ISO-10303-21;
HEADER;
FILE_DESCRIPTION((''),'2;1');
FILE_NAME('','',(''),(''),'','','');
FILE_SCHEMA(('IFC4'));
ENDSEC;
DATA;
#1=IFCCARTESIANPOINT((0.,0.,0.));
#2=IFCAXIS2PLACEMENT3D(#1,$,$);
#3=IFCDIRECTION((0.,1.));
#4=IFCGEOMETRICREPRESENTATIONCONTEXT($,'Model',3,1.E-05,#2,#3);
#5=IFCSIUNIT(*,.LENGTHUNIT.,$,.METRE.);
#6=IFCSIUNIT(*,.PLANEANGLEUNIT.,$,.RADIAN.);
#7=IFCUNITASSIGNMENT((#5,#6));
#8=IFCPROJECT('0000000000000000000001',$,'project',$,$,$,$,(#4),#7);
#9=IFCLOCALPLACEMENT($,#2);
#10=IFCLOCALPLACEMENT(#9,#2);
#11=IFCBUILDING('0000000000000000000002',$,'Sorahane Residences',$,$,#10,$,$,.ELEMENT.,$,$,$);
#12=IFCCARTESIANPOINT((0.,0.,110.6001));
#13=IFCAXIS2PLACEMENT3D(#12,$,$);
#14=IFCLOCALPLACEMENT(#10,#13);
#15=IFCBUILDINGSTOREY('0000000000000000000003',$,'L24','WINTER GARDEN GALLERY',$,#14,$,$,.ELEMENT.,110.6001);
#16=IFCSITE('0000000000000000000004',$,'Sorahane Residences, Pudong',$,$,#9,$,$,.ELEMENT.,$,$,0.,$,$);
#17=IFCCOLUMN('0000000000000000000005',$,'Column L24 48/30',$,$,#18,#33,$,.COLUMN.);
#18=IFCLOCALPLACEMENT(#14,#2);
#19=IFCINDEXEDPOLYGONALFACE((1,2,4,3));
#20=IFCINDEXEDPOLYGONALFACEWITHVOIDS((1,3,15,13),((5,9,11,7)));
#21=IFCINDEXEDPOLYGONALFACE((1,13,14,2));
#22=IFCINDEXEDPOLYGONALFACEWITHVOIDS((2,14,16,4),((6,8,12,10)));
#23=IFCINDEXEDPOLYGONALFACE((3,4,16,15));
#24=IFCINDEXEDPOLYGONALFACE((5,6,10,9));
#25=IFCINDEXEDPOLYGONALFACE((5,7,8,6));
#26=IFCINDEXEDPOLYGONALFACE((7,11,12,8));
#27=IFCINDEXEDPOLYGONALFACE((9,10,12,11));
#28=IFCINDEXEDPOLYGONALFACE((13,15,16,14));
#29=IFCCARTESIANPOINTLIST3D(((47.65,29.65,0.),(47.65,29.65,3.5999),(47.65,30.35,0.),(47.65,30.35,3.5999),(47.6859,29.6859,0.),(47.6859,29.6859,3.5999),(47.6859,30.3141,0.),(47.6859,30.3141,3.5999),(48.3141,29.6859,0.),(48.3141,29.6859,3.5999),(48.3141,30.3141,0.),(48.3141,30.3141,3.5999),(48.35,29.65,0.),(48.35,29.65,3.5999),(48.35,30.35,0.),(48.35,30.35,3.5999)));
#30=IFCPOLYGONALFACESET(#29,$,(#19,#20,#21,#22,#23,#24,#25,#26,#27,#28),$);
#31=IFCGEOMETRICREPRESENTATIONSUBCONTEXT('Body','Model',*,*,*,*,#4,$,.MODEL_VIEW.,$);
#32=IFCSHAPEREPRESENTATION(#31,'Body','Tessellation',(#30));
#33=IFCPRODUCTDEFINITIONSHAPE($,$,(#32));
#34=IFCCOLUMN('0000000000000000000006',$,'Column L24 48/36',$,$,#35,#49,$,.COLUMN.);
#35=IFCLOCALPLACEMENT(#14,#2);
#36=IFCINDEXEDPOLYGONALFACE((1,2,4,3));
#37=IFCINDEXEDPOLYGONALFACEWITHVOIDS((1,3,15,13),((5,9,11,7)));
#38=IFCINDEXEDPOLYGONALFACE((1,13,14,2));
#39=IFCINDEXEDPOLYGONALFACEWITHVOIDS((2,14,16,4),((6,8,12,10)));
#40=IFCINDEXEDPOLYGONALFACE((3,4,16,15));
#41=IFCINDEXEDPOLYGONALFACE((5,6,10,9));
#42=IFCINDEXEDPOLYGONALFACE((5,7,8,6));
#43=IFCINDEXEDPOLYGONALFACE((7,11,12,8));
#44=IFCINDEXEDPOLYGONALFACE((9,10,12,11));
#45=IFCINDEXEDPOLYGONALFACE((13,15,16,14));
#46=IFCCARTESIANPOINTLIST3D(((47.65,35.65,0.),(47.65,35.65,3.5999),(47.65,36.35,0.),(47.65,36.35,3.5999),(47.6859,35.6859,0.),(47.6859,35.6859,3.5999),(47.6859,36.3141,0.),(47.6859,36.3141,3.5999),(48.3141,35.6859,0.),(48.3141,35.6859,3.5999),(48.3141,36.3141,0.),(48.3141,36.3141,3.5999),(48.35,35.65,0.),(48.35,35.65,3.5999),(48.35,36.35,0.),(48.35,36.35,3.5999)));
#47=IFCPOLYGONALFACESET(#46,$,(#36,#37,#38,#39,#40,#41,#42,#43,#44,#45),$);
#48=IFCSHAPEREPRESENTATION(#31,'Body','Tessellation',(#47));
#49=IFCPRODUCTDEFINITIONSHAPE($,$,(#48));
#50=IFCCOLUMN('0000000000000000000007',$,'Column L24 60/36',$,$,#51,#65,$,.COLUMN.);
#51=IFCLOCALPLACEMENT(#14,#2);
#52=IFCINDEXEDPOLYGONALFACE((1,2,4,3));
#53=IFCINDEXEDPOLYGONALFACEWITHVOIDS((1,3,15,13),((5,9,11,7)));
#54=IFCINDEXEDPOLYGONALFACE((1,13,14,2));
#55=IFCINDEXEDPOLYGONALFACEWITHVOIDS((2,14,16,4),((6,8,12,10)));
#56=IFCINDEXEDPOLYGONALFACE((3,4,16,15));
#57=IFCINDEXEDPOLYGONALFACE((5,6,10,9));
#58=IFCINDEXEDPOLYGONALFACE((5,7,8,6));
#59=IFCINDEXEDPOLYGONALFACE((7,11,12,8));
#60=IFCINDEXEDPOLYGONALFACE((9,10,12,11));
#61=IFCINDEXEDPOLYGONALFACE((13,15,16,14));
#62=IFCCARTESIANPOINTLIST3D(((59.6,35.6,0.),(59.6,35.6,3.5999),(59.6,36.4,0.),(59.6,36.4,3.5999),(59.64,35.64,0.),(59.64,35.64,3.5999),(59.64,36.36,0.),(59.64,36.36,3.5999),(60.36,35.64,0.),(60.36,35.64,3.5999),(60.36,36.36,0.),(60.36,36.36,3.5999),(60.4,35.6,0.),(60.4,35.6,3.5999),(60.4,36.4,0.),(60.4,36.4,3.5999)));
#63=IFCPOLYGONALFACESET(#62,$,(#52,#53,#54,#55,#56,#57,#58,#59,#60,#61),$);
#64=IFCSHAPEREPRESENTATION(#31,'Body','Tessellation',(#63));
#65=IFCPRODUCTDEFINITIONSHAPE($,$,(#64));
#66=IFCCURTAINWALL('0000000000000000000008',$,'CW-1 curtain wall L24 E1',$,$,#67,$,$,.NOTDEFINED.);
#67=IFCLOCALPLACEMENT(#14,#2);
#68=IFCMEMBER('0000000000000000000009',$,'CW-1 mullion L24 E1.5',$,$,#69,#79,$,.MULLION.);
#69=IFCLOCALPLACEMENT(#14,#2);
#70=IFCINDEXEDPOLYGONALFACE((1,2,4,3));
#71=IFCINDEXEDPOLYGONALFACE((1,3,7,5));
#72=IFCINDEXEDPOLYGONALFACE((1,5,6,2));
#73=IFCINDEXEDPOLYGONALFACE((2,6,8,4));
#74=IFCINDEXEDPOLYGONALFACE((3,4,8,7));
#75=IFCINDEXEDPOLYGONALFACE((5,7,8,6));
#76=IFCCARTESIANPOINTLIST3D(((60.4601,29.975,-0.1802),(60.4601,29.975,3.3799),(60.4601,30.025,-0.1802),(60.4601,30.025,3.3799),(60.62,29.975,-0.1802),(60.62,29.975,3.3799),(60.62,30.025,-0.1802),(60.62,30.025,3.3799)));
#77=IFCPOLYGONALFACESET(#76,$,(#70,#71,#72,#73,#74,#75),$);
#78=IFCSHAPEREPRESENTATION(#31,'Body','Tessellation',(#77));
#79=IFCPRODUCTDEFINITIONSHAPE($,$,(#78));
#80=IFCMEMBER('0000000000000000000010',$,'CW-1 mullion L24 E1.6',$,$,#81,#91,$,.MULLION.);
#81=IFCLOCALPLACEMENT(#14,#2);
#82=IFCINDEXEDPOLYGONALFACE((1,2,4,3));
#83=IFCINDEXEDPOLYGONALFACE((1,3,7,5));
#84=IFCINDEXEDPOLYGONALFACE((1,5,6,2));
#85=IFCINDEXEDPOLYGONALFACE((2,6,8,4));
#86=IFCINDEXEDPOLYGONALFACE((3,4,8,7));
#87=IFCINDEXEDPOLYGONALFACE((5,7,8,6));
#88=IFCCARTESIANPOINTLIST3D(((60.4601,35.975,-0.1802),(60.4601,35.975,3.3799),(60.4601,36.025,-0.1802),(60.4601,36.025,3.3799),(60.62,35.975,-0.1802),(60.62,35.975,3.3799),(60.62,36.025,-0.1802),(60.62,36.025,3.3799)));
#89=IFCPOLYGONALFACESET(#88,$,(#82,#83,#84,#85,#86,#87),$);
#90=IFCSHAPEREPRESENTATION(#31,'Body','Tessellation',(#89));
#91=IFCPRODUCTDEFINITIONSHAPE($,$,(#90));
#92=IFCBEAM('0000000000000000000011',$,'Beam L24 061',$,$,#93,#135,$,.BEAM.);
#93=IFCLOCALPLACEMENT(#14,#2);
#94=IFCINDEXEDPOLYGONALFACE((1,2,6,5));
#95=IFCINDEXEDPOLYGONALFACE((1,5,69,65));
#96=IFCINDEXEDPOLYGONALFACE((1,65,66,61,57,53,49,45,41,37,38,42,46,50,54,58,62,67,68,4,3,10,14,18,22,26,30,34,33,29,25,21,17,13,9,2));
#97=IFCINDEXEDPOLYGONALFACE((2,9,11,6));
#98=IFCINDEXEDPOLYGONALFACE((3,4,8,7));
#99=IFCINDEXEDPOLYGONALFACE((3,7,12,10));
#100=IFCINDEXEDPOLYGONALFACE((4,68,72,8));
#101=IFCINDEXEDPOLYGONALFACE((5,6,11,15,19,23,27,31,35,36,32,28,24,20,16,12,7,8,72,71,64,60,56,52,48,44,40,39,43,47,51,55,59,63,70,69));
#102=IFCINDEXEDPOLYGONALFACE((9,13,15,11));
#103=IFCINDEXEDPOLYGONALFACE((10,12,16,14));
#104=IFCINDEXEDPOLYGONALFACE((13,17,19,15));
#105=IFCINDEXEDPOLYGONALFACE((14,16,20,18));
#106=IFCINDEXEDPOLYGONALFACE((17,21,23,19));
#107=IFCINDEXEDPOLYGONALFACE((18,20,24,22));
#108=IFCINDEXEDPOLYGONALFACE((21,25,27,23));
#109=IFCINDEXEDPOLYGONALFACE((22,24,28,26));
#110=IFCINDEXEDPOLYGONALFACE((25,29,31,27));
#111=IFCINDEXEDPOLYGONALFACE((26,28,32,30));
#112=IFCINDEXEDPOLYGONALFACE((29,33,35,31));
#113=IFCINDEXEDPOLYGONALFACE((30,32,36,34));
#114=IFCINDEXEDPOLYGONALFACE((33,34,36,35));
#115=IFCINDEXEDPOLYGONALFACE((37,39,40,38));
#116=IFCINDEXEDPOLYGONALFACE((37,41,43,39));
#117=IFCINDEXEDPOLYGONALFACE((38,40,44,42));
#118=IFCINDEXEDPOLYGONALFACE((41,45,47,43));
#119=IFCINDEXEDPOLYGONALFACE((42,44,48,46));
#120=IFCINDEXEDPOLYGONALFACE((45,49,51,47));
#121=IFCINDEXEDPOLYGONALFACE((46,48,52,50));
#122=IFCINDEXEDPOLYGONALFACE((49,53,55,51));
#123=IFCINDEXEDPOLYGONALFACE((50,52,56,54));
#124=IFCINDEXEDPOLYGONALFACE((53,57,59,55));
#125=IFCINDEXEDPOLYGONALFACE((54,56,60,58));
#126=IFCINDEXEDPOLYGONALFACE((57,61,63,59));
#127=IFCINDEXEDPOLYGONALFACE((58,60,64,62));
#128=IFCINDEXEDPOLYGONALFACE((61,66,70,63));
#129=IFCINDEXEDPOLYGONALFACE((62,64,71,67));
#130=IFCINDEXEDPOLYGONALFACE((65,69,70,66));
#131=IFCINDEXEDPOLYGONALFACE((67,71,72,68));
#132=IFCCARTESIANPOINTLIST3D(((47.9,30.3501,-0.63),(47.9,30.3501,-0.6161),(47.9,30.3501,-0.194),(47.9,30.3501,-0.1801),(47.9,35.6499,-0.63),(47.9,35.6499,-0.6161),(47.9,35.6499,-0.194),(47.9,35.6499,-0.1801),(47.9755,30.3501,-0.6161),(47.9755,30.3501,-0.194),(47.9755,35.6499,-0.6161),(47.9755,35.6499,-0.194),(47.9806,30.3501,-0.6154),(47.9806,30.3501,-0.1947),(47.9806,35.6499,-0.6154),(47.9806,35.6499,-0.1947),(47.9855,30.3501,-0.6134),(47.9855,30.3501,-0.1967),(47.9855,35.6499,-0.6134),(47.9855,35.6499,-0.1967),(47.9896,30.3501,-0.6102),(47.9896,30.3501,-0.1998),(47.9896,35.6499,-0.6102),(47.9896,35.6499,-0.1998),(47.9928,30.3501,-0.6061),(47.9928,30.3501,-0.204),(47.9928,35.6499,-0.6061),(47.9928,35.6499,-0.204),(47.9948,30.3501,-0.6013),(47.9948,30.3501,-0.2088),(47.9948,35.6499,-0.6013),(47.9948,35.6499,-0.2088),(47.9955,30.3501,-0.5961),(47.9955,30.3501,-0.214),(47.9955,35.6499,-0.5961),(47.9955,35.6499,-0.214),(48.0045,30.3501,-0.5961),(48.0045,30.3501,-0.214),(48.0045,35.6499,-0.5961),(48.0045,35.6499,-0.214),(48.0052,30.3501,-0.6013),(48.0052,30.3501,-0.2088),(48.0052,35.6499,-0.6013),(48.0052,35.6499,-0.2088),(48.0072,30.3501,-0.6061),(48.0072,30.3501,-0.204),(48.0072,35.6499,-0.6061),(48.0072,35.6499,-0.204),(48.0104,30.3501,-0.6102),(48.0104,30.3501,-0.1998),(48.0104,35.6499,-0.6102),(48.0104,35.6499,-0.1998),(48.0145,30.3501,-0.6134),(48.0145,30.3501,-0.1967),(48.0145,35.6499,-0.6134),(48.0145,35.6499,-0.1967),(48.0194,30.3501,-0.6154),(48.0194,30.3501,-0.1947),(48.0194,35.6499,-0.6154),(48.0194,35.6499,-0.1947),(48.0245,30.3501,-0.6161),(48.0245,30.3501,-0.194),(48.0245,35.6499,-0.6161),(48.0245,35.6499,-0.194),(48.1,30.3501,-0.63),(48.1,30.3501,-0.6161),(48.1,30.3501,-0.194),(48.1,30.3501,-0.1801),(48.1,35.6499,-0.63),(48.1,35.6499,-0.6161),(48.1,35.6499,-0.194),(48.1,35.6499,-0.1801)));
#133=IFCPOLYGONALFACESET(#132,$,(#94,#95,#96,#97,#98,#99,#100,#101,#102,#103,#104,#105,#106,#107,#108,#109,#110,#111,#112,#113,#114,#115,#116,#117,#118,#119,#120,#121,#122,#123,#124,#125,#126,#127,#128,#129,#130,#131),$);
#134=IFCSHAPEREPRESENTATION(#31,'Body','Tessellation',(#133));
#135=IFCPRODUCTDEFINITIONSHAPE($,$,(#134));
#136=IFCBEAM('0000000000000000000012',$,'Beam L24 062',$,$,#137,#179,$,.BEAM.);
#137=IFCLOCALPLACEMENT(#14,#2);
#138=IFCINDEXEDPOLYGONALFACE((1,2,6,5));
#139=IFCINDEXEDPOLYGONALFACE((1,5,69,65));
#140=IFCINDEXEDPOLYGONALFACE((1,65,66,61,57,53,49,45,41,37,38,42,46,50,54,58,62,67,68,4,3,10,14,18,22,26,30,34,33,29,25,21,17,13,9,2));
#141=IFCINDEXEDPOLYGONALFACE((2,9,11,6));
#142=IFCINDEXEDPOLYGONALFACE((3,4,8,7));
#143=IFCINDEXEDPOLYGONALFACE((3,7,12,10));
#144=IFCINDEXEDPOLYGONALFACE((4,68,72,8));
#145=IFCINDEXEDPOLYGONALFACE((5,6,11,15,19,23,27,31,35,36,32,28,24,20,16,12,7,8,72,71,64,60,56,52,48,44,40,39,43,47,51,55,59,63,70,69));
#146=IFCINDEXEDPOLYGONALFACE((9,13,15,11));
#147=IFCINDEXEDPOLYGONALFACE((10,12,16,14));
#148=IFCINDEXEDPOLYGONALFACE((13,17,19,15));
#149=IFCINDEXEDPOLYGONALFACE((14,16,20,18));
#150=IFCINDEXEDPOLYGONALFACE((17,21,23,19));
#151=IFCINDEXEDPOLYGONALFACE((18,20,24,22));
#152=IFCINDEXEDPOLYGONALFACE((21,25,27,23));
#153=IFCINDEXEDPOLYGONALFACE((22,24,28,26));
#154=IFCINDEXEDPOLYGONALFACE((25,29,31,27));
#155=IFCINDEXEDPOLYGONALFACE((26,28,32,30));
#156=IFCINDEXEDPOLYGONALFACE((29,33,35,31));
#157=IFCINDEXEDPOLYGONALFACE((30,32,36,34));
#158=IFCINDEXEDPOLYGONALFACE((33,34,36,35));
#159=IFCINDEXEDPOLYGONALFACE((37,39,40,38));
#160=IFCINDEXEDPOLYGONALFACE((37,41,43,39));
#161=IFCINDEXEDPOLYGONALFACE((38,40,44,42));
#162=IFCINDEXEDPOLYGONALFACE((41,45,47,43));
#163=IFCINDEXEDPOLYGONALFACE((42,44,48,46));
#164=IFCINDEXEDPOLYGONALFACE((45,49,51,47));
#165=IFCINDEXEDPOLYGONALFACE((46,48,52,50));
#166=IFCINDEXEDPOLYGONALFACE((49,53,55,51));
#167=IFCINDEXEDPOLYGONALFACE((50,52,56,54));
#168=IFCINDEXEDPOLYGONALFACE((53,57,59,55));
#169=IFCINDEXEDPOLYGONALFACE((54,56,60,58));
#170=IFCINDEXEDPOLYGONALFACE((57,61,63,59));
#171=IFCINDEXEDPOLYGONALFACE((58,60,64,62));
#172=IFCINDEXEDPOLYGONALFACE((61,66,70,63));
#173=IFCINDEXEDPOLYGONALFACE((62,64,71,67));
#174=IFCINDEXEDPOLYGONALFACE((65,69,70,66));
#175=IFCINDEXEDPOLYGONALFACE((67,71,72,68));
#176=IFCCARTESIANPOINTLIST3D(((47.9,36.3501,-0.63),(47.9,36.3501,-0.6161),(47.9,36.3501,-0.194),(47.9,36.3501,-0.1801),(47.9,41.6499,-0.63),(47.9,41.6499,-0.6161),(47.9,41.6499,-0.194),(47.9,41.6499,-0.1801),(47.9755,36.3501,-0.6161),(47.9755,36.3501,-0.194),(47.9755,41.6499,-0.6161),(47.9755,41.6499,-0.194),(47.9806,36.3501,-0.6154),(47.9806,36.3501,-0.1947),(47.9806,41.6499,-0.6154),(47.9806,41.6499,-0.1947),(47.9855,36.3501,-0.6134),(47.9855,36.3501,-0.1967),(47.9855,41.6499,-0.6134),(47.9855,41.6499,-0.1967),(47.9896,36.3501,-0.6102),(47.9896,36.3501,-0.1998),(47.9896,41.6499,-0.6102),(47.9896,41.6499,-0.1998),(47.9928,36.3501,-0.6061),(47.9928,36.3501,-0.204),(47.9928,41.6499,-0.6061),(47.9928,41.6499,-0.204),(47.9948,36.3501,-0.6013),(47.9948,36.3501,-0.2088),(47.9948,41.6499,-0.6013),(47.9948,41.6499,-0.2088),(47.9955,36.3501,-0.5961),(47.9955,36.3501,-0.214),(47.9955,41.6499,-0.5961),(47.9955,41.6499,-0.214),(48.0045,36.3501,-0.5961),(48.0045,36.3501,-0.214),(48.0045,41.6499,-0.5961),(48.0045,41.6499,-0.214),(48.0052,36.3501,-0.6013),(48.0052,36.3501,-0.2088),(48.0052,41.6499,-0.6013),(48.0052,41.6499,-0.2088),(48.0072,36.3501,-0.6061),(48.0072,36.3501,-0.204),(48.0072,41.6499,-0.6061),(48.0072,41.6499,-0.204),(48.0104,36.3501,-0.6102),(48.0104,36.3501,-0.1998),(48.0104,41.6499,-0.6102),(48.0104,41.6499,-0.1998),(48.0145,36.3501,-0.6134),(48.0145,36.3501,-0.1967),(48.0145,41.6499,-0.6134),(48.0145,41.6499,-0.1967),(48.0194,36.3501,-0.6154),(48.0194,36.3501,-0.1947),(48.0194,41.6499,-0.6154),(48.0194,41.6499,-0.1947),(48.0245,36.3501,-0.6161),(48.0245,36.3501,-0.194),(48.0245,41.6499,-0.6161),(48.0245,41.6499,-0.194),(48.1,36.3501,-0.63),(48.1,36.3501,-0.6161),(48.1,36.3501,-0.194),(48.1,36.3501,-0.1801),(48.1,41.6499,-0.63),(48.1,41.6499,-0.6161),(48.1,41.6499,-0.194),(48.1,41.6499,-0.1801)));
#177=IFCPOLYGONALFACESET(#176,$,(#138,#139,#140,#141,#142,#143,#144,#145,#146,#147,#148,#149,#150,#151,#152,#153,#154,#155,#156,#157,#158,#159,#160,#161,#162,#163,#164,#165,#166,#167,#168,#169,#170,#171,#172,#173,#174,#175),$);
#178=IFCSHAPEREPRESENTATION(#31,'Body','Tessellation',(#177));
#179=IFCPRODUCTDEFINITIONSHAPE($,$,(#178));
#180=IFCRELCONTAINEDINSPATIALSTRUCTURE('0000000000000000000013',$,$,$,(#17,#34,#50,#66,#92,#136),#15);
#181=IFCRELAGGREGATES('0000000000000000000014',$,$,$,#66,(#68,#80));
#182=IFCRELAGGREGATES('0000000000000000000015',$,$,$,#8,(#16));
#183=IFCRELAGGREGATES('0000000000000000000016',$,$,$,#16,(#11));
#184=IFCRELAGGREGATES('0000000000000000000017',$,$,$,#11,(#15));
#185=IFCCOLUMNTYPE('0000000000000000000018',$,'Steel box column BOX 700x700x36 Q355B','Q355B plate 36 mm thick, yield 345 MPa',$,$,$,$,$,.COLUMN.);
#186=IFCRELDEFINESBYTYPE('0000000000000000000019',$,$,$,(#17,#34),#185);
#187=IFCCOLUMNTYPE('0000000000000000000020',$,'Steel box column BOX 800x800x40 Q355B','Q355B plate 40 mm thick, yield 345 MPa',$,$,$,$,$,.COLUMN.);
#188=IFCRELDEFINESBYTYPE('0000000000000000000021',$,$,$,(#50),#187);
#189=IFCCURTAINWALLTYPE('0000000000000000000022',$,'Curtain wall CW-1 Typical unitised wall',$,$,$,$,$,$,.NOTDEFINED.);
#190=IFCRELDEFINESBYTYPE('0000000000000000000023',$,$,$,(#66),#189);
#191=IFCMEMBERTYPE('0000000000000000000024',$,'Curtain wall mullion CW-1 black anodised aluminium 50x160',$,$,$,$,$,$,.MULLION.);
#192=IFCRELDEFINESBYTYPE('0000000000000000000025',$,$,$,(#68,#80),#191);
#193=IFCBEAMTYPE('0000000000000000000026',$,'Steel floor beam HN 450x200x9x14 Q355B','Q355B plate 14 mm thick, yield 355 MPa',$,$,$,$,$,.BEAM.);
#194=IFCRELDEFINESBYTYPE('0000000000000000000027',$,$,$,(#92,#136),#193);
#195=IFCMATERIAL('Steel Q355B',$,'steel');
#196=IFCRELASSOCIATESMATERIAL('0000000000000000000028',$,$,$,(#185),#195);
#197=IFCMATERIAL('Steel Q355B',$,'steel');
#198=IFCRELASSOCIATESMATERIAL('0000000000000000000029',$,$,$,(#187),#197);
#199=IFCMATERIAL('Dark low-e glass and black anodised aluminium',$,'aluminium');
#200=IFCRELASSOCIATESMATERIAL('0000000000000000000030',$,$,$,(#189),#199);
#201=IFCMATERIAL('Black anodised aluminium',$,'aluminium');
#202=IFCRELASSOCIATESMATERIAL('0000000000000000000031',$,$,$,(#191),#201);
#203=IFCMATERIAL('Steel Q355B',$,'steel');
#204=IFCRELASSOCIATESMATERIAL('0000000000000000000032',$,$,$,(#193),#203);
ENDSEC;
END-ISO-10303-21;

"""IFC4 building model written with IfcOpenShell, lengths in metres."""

from ifc_helpers import new_model, si_unit, direction, frame, origin, origin_2d, place, context, subcontext, project, spatial, rectangle, hollow_rectangle, i_section, extrude, material, material_profile, profile_set, type_object, element, aggregate, save


model = new_model("IFC4")

# Units and contexts
model_context = context("Model", 3, precision=1e-05, world=origin(), true_north=direction((0.0, 1.0)))
body_context = subcontext(model_context, "Body", "Model", "MODEL_VIEW")
ifc_project = project(units=[si_unit("LENGTHUNIT", "METRE"), si_unit("PLANEANGLEUNIT", "RADIAN")], contexts=[model_context])

# Site, building, storey
site_placement = place(None, origin())
site = spatial("IfcSite", under=ifc_project, at=site_placement, Name="Sorahane Residences, Pudong", CompositionType="ELEMENT", RefElevation=0.0)
building_placement = place(site_placement, origin())
building = spatial("IfcBuilding", under=site, at=building_placement, Name="Sorahane Residences", CompositionType="ELEMENT")
storey_placement = place(building_placement, frame((0.0, 0.0, 110.6001)))
storey = spatial("IfcBuildingStorey", under=building, at=storey_placement, Name="L24", Description="WINTER GARDEN GALLERY", CompositionType="ELEMENT", Elevation=110.6001)

# Columns
ifc_material_1 = material(Name="Steel Q355B", Category="steel")
ifc_material_profile_1 = material_profile(ifc_material_1, hollow_rectangle(XDim=0.7, YDim=0.7, WallThickness=0.0359, at=origin_2d()), Name="BOX 700x700x36")
ifc_profile_set_1 = profile_set([ifc_material_profile_1], Name="Steel Q355B")
column_type_1 = type_object("IfcColumnType", Name="Steel box column BOX 700x700x36 Q355B", Description="Q355B plate 36 mm thick, yield 345 MPa", PredefinedType="COLUMN", material=ifc_profile_set_1)
for number, where, z_axis, x_axis, name in (
    (1, (48.0, 30.0, 0.0), (0.0, 0.0, 1.0), (1.0, 0.0, 0.0), "Column L24 48/30"),
    (2, (48.0, 36.0, 0.0), (0.0, 0.0, 1.0), (1.0, 0.0, 0.0), "Column L24 48/36"),
):
    element("IfcColumn", number, at=place(storey_placement, frame(where, z_axis=z_axis, x_axis=x_axis)), inside=storey, type_object=column_type_1, Name=name, PredefinedType="COLUMN", context=body_context, shape_type="SweptSolid", body=[
        extrude(hollow_rectangle(XDim=0.7, YDim=0.7, WallThickness=0.0359, at=origin_2d()), origin(), (0.0, 0.0, 1.0), 3.5999),
    ])
ifc_material_2 = material(Name="Steel Q355B", Category="steel")
ifc_material_profile_2 = material_profile(ifc_material_2, hollow_rectangle(XDim=0.8, YDim=0.8, WallThickness=0.04, at=origin_2d()), Name="BOX 800x800x40")
ifc_profile_set_2 = profile_set([ifc_material_profile_2], Name="Steel Q355B")
column_type_2 = type_object("IfcColumnType", Name="Steel box column BOX 800x800x40 Q355B", Description="Q355B plate 40 mm thick, yield 345 MPa", PredefinedType="COLUMN", material=ifc_profile_set_2)
column_placement = place(storey_placement, frame((60.0, 36.0, 0.0), z_axis=(0.0, 0.0, 1.0), x_axis=(1.0, 0.0, 0.0)))
element("IfcColumn", 3, at=column_placement, inside=storey, type_object=column_type_2, Name="Column L24 60/36", PredefinedType="COLUMN", context=body_context, shape_type="SweptSolid", body=[
    extrude(hollow_rectangle(XDim=0.8, YDim=0.8, WallThickness=0.04, at=origin_2d()), origin(), (0.0, 0.0, 1.0), 3.5999),
])

# Curtain wall, members
ifc_material_3 = material(Name="Dark low-e glass and black anodised aluminium", Category="aluminium")
curtain_wall_type = type_object("IfcCurtainWallType", Name="Curtain wall CW-1 Typical unitised wall", PredefinedType="NOTDEFINED", material=ifc_material_3)
curtain_wall_placement = place(storey_placement, origin())
curtain_wall = element("IfcCurtainWall", 4, at=curtain_wall_placement, inside=storey, type_object=curtain_wall_type, Name="CW-1 curtain wall L24 E1", PredefinedType="NOTDEFINED")
ifc_material_4 = material(Name="Black anodised aluminium", Category="aluminium")
ifc_material_profile_3 = material_profile(ifc_material_4, rectangle(XDim=0.1599, YDim=0.05, at=origin_2d()), Name="Curtain wall mullion CW-1 black anodised aluminium 50x160")
ifc_profile_set_3 = profile_set([ifc_material_profile_3], Name="Black anodised aluminium")
member_type = type_object("IfcMemberType", Name="Curtain wall mullion CW-1 black anodised aluminium 50x160", PredefinedType="MULLION", material=ifc_profile_set_3)
member_1_placement = place(storey_placement, frame((60.54, 30.0, -0.1802), z_axis=(0.0, 0.0, 1.0), x_axis=(1.0, 0.0, 0.0)))
member_1 = element("IfcMember", 5, at=member_1_placement, type_object=member_type, Name="CW-1 mullion L24 E1.5", PredefinedType="MULLION", context=body_context, shape_type="SweptSolid", body=[
    extrude(rectangle(XDim=0.1599, YDim=0.05, at=origin_2d()), origin(), (0.0, 0.0, 1.0), 3.5601),
])
member_2_placement = place(storey_placement, frame((60.54, 36.0, -0.1802), z_axis=(0.0, 0.0, 1.0), x_axis=(1.0, 0.0, 0.0)))
member_2 = element("IfcMember", 6, at=member_2_placement, type_object=member_type, Name="CW-1 mullion L24 E1.6", PredefinedType="MULLION", context=body_context, shape_type="SweptSolid", body=[
    extrude(rectangle(XDim=0.1599, YDim=0.05, at=origin_2d()), origin(), (0.0, 0.0, 1.0), 3.5601),
])

# Beams
ifc_material_5 = material(Name="Steel Q355B", Category="steel")
ifc_material_profile_4 = material_profile(ifc_material_5, i_section(OverallWidth=0.2, OverallDepth=0.45, WebThickness=0.009, FlangeThickness=0.0139, FilletRadius=0.02, at=origin_2d()), Name="HN 450x200x9x14")
ifc_profile_set_4 = profile_set([ifc_material_profile_4], Name="Steel Q355B")
beam_type_1 = type_object("IfcBeamType", Name="Steel floor beam HN 450x200x9x14 Q355B", Description="Q355B plate 14 mm thick, yield 355 MPa", PredefinedType="BEAM", material=ifc_profile_set_4)
for number, where, z_axis, x_axis, name in (
    (7, (48.0, 30.3501, -0.405), (0.0, 1.0, 0.0), (-1.0, 0.0, 0.0), "Beam L24 061"),
    (8, (48.0, 36.3501, -0.405), (0.0, 1.0, 0.0), (-1.0, 0.0, 0.0), "Beam L24 062"),
):
    element("IfcBeam", number, at=place(storey_placement, frame(where, z_axis=z_axis, x_axis=x_axis)), inside=storey, type_object=beam_type_1, Name=name, PredefinedType="BEAM", context=body_context, shape_type="SweptSolid", body=[
        extrude(i_section(OverallWidth=0.2, OverallDepth=0.45, WebThickness=0.009, FlangeThickness=0.0139, FilletRadius=0.02, at=origin_2d()), origin(), (0.0, 0.0, 1.0), 5.2998),
    ])

aggregate(curtain_wall, [member_1, member_2])

save(model, "model.ifc")
